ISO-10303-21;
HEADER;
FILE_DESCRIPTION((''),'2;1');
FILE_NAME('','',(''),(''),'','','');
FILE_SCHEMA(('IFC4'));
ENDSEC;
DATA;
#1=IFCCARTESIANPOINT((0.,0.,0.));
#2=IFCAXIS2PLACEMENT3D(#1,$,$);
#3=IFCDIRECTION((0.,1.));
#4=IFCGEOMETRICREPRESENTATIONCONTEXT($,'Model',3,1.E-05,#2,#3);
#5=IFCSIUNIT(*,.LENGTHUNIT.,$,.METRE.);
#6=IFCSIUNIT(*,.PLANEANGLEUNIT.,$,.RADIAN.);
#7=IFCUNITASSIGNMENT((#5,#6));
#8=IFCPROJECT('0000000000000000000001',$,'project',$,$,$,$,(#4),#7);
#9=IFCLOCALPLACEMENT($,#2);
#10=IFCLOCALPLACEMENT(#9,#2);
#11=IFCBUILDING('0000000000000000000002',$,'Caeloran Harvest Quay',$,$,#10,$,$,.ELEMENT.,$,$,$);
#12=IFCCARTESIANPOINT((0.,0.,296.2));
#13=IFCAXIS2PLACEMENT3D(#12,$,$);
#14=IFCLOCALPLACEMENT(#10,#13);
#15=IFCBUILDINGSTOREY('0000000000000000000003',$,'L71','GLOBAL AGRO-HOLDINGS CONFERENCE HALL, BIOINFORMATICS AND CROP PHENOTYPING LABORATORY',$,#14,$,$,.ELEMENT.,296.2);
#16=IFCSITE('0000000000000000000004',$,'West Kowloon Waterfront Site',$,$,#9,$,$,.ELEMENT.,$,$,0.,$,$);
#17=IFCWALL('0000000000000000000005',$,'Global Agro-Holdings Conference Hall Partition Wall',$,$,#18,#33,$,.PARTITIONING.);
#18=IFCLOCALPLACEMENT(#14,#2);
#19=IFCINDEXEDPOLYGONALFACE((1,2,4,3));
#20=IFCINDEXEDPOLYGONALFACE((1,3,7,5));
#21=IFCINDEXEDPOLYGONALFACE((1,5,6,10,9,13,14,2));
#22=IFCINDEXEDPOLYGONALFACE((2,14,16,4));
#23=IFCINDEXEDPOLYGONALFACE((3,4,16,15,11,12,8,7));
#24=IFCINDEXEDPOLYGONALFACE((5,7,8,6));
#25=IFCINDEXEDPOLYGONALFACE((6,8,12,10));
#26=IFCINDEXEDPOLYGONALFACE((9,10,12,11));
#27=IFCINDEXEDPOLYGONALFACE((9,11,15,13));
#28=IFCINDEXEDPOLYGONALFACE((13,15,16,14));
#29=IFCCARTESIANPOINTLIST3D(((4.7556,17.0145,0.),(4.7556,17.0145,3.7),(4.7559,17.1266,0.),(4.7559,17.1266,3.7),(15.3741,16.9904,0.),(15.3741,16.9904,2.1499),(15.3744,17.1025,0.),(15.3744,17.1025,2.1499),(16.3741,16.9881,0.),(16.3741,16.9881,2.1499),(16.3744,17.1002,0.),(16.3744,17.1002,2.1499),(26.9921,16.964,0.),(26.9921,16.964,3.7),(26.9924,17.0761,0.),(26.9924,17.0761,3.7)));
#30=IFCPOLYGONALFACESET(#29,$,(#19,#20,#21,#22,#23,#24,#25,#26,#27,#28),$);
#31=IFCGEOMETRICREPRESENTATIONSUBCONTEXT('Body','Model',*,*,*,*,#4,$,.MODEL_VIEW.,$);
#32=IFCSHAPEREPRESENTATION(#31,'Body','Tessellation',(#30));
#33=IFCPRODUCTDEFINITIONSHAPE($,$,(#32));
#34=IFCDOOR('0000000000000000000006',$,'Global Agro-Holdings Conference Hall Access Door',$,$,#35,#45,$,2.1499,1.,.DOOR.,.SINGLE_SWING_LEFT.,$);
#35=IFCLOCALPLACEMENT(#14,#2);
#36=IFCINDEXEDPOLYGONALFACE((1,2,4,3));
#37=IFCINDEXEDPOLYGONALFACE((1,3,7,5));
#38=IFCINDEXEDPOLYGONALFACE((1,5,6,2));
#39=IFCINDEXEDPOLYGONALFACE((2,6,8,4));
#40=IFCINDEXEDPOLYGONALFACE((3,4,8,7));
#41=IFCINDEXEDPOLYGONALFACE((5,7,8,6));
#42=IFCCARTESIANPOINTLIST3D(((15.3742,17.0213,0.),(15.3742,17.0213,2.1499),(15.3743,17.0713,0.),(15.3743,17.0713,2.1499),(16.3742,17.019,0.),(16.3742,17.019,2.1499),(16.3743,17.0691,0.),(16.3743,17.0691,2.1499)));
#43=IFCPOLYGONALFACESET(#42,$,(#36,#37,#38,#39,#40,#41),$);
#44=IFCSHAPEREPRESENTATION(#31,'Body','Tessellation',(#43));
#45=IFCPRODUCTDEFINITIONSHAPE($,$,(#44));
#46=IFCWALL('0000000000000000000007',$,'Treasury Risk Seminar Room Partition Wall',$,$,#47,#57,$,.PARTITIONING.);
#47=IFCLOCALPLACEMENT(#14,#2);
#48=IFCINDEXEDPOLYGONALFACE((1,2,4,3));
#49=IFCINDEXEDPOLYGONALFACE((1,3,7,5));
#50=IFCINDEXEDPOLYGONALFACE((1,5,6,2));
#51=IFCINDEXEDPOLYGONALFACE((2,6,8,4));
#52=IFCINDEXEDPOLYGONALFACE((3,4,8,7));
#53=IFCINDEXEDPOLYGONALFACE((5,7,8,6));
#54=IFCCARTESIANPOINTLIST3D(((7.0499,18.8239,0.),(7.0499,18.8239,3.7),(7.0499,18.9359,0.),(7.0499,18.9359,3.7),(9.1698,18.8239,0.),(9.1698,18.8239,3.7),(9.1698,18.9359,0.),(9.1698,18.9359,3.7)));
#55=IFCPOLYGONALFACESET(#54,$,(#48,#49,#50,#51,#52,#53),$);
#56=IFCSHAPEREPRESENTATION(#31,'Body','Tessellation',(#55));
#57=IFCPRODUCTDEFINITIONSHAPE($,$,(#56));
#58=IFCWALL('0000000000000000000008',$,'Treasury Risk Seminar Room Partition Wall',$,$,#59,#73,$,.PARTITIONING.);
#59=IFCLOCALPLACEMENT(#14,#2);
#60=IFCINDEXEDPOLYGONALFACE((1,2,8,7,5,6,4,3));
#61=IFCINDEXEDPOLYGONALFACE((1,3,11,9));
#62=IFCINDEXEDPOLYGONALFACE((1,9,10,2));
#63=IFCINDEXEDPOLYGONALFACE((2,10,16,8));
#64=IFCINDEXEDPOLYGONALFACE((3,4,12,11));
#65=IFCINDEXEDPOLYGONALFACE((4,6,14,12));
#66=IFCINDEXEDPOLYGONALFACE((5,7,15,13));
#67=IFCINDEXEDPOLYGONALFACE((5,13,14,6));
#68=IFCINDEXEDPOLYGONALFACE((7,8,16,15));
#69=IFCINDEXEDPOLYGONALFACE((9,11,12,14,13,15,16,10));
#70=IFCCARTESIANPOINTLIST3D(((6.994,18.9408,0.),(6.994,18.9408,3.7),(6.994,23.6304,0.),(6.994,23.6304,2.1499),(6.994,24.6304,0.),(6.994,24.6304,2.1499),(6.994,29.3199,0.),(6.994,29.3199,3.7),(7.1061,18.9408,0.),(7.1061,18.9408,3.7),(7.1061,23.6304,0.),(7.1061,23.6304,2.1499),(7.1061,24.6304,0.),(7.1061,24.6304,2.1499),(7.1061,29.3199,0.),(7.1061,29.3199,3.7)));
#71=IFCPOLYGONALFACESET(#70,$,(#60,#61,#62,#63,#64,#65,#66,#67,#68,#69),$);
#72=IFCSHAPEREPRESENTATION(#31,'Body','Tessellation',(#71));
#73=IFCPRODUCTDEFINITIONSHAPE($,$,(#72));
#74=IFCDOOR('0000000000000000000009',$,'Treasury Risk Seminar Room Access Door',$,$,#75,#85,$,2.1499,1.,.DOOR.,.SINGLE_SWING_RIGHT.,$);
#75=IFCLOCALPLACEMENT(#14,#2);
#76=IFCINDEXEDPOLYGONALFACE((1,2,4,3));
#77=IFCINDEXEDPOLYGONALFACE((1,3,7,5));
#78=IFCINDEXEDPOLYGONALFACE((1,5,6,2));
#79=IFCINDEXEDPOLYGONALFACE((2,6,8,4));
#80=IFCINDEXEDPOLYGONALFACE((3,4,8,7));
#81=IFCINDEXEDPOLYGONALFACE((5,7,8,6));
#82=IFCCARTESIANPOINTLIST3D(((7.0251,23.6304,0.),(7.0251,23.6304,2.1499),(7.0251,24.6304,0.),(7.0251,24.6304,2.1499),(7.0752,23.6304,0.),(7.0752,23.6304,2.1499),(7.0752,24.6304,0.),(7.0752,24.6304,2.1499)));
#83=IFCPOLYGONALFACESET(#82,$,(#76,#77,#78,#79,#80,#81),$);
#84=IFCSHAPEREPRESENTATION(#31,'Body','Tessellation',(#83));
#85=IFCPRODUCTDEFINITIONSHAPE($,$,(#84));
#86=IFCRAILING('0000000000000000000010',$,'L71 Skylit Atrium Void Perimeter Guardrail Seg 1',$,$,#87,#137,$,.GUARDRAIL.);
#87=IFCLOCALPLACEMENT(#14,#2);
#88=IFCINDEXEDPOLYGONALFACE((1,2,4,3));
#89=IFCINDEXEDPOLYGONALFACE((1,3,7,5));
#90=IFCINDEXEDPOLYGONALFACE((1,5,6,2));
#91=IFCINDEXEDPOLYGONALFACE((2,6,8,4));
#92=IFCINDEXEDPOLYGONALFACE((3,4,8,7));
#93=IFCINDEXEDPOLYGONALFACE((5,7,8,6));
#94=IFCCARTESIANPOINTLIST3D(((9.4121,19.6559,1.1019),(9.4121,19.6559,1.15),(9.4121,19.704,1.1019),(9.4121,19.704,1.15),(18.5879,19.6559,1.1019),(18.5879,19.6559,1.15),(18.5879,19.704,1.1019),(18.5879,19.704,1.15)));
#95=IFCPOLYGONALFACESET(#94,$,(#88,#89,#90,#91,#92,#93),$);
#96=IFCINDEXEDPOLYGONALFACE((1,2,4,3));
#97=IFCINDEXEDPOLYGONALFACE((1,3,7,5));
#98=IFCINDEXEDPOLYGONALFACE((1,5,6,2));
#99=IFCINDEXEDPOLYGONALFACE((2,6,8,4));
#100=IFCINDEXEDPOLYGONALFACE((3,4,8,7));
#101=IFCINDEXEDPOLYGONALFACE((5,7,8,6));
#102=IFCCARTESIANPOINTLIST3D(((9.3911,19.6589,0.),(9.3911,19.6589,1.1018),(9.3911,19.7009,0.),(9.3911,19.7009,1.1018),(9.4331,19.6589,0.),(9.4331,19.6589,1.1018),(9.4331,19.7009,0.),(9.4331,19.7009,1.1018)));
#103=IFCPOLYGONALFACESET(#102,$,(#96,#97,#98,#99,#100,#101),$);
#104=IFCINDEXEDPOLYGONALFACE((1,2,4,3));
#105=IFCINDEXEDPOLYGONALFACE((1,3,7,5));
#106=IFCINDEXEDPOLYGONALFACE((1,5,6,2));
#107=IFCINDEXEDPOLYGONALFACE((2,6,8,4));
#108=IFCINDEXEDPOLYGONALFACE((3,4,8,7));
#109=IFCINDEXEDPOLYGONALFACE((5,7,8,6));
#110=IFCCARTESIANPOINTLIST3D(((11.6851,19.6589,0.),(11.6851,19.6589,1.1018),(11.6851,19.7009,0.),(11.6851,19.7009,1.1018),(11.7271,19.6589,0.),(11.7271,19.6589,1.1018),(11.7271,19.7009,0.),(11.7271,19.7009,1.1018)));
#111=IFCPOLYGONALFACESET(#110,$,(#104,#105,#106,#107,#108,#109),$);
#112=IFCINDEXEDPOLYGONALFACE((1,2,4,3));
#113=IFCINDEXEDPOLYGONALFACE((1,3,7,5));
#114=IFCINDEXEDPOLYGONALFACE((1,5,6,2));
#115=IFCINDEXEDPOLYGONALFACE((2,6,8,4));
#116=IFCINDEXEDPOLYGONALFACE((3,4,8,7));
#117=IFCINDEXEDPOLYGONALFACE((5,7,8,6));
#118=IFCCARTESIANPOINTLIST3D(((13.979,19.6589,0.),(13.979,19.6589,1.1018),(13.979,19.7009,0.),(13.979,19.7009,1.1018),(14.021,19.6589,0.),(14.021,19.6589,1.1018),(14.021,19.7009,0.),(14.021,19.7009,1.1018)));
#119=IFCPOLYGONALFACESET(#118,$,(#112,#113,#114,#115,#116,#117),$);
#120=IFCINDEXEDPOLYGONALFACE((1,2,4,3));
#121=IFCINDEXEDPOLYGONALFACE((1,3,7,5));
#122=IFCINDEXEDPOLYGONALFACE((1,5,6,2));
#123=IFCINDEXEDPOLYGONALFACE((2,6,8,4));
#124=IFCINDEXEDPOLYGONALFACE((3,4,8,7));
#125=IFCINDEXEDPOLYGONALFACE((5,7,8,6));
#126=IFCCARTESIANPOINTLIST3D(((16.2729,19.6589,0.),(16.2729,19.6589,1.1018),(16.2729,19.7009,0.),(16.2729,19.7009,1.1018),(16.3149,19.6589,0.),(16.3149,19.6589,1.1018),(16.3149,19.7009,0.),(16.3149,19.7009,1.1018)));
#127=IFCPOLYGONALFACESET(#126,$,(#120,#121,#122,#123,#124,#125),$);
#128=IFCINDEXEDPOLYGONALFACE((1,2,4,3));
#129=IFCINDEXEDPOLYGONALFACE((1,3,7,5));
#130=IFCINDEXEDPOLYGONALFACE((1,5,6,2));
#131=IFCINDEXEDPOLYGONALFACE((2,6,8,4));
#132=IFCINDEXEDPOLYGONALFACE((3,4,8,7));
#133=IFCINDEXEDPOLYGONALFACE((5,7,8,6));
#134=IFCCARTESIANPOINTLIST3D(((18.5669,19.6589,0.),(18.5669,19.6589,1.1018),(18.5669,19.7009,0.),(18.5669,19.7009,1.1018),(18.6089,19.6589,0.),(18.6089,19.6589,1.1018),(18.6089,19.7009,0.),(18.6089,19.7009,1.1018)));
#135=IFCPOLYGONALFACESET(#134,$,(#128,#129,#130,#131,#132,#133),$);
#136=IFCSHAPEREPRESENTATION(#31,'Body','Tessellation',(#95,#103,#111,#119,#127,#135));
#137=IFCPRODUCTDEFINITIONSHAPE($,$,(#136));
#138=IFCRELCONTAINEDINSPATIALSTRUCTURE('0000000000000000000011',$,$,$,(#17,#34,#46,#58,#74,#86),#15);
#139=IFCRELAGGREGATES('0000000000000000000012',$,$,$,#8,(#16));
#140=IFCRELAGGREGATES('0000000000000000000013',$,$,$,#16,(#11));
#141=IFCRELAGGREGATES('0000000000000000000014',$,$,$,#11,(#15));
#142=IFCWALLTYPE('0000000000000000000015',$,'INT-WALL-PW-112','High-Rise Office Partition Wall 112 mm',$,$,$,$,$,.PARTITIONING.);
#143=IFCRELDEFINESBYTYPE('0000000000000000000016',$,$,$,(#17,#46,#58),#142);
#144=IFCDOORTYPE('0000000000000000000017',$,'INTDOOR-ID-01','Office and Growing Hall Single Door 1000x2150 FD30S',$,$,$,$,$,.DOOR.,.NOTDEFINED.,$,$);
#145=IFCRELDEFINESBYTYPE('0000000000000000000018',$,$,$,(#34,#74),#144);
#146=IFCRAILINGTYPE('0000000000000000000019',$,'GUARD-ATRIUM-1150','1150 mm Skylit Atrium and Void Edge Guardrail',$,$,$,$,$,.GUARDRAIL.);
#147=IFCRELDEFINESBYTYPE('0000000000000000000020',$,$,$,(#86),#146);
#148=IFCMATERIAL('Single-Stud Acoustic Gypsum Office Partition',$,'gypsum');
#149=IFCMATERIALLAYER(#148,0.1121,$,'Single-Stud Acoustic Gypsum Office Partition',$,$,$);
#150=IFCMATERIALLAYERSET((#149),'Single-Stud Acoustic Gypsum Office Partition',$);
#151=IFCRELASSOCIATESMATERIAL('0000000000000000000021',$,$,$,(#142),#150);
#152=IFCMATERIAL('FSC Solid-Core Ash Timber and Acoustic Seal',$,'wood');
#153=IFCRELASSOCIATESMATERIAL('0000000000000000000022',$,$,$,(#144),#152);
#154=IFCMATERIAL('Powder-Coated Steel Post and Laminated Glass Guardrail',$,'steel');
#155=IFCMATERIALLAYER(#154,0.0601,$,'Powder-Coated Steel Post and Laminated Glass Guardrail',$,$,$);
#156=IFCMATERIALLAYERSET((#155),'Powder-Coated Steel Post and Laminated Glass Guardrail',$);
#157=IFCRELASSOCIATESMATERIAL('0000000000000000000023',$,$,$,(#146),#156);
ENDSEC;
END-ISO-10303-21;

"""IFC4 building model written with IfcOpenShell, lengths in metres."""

from ifc_helpers import new_model, si_unit, direction, frame, frame_2d, origin, origin_2d, place, context, subcontext, project, spatial, rectangle, extrude, material, layer, layer_set, type_object, element, fill, save


model = new_model("IFC4")

# Units and contexts
model_context = context("Model", 3, precision=1e-05, world=origin(), true_north=direction((0.0, 1.0)))
body_context = subcontext(model_context, "Body", "Model", "MODEL_VIEW")
ifc_project = project(units=[si_unit("LENGTHUNIT", "METRE"), si_unit("PLANEANGLEUNIT", "RADIAN")], contexts=[model_context])

# Site, building, storey
site_placement = place(None, origin())
site = spatial("IfcSite", under=ifc_project, at=site_placement, Name="West Kowloon Waterfront Site", CompositionType="ELEMENT", RefElevation=0.0)
building_placement = place(site_placement, origin())
building = spatial("IfcBuilding", under=site, at=building_placement, Name="Caeloran Harvest Quay", CompositionType="ELEMENT")
storey_placement = place(building_placement, frame((0.0, 0.0, 296.2)))
storey = spatial("IfcBuildingStorey", under=building, at=storey_placement, Name="L71", Description="GLOBAL AGRO-HOLDINGS CONFERENCE HALL, BIOINFORMATICS AND CROP PHENOTYPING LABORATORY", CompositionType="ELEMENT", Elevation=296.2)

# Wall, opening, door
ifc_material_1 = material(Name="Single-Stud Acoustic Gypsum Office Partition", Category="gypsum")
ifc_layer_1 = layer(ifc_material_1, 0.1121, Name="Single-Stud Acoustic Gypsum Office Partition")
ifc_layer_set_1 = layer_set([ifc_layer_1], Name="Single-Stud Acoustic Gypsum Office Partition")
wall_type = type_object("IfcWallType", Name="INT-WALL-PW-112", Description="High-Rise Office Partition Wall 112 mm", PredefinedType="PARTITIONING", material=ifc_layer_set_1)
wall_1_placement = place(storey_placement, frame((4.7559, 17.0706, 0.0), z_axis=(0.0, 0.0, 1.0), x_axis=(0.999997, -0.002273, 0.0)))
wall_1 = element("IfcWall", 1, at=wall_1_placement, inside=storey, type_object=wall_type, Name="Global Agro-Holdings Conference Hall Partition Wall", PredefinedType="PARTITIONING", context=body_context, shape_type="SweptSolid", body=[
    extrude(rectangle(XDim=22.2366, YDim=0.1121, at=frame_2d((11.1182, 0.0))), origin(), (0.0, 0.0, 1.0), 3.7),
])
opening_1_placement = place(wall_1_placement, frame((10.6184, 0.0, 0.0)))
opening_1 = element("IfcOpeningElement", 2, at=opening_1_placement, cuts=wall_1, PredefinedType="OPENING", context=body_context, shape_type="SweptSolid", body=[
    extrude(rectangle(XDim=1.0, YDim=2.1499, at=frame_2d((0.5, 1.075))), frame((0.0, 0.0659, 0.0), z_axis=(0.0, -1.0, 0.0), x_axis=(1.0, 0.0, 0.0)), (0.0, 0.0, 1.0), 0.1321),
])
ifc_material_2 = material(Name="FSC Solid-Core Ash Timber and Acoustic Seal", Category="wood")
door_type = type_object("IfcDoorType", Name="INTDOOR-ID-01", Description="Office and Growing Hall Single Door 1000x2150 FD30S", OperationType="NOTDEFINED", PredefinedType="DOOR", material=ifc_material_2)
door_1_placement = place(opening_1_placement, origin())
door_1 = element("IfcDoor", 3, at=door_1_placement, inside=storey, type_object=door_type, Name="Global Agro-Holdings Conference Hall Access Door", OperationType="SINGLE_SWING_LEFT", OverallHeight=2.1499, OverallWidth=1.0, PredefinedType="DOOR", context=body_context, shape_type="SweptSolid", body=[
    extrude(rectangle(XDim=1.0, YDim=2.1499, at=frame_2d((0.5, 1.075))), frame((0.0, 0.0249, 0.0), z_axis=(0.0, -1.0, 0.0), x_axis=(1.0, 0.0, 0.0)), (0.0, 0.0, 1.0), 0.05),
])
fill(opening_1, door_1)

# Wall
wall_2_placement = place(storey_placement, frame((9.1699, 18.8799, 0.0), z_axis=(0.0, 0.0, 1.0), x_axis=(-1.0, 0.0, 0.0)))
element("IfcWall", 4, at=wall_2_placement, inside=storey, type_object=wall_type, Name="Treasury Risk Seminar Room Partition Wall", PredefinedType="PARTITIONING", context=body_context, shape_type="SweptSolid", body=[
    extrude(rectangle(XDim=2.1199, YDim=0.1121, at=frame_2d((1.0601, 0.0))), origin(), (0.0, 0.0, 1.0), 3.7),
])

# Wall, opening, door
wall_3_placement = place(storey_placement, frame((7.05, 18.9409, 0.0), z_axis=(0.0, 0.0, 1.0), x_axis=(0.0, 1.0, 0.0)))
wall_3 = element("IfcWall", 5, at=wall_3_placement, inside=storey, type_object=wall_type, Name="Treasury Risk Seminar Room Partition Wall", PredefinedType="PARTITIONING", context=body_context, shape_type="SweptSolid", body=[
    extrude(rectangle(XDim=10.3792, YDim=0.1121, at=frame_2d((5.1895, 0.0))), origin(), (0.0, 0.0, 1.0), 3.7),
])
opening_2_placement = place(wall_3_placement, frame((4.6895, 0.0, 0.0)))
opening_2 = element("IfcOpeningElement", 6, at=opening_2_placement, cuts=wall_3, PredefinedType="OPENING", context=body_context, shape_type="SweptSolid", body=[
    extrude(rectangle(XDim=1.0, YDim=2.1499, at=frame_2d((0.5, 1.075))), frame((0.0, 0.0659, 0.0), z_axis=(0.0, -1.0, 0.0), x_axis=(1.0, 0.0, 0.0)), (0.0, 0.0, 1.0), 0.1321),
])
door_2_placement = place(opening_2_placement, origin())
door_2 = element("IfcDoor", 7, at=door_2_placement, inside=storey, type_object=door_type, Name="Treasury Risk Seminar Room Access Door", OperationType="SINGLE_SWING_RIGHT", OverallHeight=2.1499, OverallWidth=1.0, PredefinedType="DOOR", context=body_context, shape_type="SweptSolid", body=[
    extrude(rectangle(XDim=1.0, YDim=2.1499, at=frame_2d((0.5, 1.075))), frame((0.0, 0.0249, 0.0), z_axis=(0.0, -1.0, 0.0), x_axis=(1.0, 0.0, 0.0)), (0.0, 0.0, 1.0), 0.05),
])
fill(opening_2, door_2)

# Railing
ifc_material_3 = material(Name="Powder-Coated Steel Post and Laminated Glass Guardrail", Category="steel")
ifc_layer_2 = layer(ifc_material_3, 0.0601, Name="Powder-Coated Steel Post and Laminated Glass Guardrail")
ifc_layer_set_2 = layer_set([ifc_layer_2], Name="Powder-Coated Steel Post and Laminated Glass Guardrail")
railing_type = type_object("IfcRailingType", Name="GUARD-ATRIUM-1150", Description="1150 mm Skylit Atrium and Void Edge Guardrail", PredefinedType="GUARDRAIL", material=ifc_layer_set_2)
railing_placement = place(storey_placement, frame((9.4121, 19.6799, 0.0)))
element("IfcRailing", 8, at=railing_placement, inside=storey, type_object=railing_type, Name="L71 Skylit Atrium Void Perimeter Guardrail Seg 1", PredefinedType="GUARDRAIL", context=body_context, shape_type="SweptSolid", body=[
    extrude(rectangle(XDim=0.0481, YDim=0.0481, at=origin_2d()), frame((0.0, 0.0, 1.126), z_axis=(1.0, 0.0, 0.0), x_axis=(0.0, 1.0, 0.0)), (0.0, 0.0, 1.0), 9.1758),
    extrude(rectangle(XDim=0.042, YDim=0.042, at=origin_2d()), origin(), (0.0, 0.0, 1.0), 1.1018),
    extrude(rectangle(XDim=0.042, YDim=0.042, at=origin_2d()), frame((2.2939, 0.0, 0.0)), (0.0, 0.0, 1.0), 1.1018),
    extrude(rectangle(XDim=0.042, YDim=0.042, at=origin_2d()), frame((4.5879, 0.0, 0.0)), (0.0, 0.0, 1.0), 1.1018),
    extrude(rectangle(XDim=0.042, YDim=0.042, at=origin_2d()), frame((6.8818, 0.0, 0.0)), (0.0, 0.0, 1.0), 1.1018),
    extrude(rectangle(XDim=0.042, YDim=0.042, at=origin_2d()), frame((9.1758, 0.0, 0.0)), (0.0, 0.0, 1.0), 1.1018),
])

save(model, "model.ifc")
